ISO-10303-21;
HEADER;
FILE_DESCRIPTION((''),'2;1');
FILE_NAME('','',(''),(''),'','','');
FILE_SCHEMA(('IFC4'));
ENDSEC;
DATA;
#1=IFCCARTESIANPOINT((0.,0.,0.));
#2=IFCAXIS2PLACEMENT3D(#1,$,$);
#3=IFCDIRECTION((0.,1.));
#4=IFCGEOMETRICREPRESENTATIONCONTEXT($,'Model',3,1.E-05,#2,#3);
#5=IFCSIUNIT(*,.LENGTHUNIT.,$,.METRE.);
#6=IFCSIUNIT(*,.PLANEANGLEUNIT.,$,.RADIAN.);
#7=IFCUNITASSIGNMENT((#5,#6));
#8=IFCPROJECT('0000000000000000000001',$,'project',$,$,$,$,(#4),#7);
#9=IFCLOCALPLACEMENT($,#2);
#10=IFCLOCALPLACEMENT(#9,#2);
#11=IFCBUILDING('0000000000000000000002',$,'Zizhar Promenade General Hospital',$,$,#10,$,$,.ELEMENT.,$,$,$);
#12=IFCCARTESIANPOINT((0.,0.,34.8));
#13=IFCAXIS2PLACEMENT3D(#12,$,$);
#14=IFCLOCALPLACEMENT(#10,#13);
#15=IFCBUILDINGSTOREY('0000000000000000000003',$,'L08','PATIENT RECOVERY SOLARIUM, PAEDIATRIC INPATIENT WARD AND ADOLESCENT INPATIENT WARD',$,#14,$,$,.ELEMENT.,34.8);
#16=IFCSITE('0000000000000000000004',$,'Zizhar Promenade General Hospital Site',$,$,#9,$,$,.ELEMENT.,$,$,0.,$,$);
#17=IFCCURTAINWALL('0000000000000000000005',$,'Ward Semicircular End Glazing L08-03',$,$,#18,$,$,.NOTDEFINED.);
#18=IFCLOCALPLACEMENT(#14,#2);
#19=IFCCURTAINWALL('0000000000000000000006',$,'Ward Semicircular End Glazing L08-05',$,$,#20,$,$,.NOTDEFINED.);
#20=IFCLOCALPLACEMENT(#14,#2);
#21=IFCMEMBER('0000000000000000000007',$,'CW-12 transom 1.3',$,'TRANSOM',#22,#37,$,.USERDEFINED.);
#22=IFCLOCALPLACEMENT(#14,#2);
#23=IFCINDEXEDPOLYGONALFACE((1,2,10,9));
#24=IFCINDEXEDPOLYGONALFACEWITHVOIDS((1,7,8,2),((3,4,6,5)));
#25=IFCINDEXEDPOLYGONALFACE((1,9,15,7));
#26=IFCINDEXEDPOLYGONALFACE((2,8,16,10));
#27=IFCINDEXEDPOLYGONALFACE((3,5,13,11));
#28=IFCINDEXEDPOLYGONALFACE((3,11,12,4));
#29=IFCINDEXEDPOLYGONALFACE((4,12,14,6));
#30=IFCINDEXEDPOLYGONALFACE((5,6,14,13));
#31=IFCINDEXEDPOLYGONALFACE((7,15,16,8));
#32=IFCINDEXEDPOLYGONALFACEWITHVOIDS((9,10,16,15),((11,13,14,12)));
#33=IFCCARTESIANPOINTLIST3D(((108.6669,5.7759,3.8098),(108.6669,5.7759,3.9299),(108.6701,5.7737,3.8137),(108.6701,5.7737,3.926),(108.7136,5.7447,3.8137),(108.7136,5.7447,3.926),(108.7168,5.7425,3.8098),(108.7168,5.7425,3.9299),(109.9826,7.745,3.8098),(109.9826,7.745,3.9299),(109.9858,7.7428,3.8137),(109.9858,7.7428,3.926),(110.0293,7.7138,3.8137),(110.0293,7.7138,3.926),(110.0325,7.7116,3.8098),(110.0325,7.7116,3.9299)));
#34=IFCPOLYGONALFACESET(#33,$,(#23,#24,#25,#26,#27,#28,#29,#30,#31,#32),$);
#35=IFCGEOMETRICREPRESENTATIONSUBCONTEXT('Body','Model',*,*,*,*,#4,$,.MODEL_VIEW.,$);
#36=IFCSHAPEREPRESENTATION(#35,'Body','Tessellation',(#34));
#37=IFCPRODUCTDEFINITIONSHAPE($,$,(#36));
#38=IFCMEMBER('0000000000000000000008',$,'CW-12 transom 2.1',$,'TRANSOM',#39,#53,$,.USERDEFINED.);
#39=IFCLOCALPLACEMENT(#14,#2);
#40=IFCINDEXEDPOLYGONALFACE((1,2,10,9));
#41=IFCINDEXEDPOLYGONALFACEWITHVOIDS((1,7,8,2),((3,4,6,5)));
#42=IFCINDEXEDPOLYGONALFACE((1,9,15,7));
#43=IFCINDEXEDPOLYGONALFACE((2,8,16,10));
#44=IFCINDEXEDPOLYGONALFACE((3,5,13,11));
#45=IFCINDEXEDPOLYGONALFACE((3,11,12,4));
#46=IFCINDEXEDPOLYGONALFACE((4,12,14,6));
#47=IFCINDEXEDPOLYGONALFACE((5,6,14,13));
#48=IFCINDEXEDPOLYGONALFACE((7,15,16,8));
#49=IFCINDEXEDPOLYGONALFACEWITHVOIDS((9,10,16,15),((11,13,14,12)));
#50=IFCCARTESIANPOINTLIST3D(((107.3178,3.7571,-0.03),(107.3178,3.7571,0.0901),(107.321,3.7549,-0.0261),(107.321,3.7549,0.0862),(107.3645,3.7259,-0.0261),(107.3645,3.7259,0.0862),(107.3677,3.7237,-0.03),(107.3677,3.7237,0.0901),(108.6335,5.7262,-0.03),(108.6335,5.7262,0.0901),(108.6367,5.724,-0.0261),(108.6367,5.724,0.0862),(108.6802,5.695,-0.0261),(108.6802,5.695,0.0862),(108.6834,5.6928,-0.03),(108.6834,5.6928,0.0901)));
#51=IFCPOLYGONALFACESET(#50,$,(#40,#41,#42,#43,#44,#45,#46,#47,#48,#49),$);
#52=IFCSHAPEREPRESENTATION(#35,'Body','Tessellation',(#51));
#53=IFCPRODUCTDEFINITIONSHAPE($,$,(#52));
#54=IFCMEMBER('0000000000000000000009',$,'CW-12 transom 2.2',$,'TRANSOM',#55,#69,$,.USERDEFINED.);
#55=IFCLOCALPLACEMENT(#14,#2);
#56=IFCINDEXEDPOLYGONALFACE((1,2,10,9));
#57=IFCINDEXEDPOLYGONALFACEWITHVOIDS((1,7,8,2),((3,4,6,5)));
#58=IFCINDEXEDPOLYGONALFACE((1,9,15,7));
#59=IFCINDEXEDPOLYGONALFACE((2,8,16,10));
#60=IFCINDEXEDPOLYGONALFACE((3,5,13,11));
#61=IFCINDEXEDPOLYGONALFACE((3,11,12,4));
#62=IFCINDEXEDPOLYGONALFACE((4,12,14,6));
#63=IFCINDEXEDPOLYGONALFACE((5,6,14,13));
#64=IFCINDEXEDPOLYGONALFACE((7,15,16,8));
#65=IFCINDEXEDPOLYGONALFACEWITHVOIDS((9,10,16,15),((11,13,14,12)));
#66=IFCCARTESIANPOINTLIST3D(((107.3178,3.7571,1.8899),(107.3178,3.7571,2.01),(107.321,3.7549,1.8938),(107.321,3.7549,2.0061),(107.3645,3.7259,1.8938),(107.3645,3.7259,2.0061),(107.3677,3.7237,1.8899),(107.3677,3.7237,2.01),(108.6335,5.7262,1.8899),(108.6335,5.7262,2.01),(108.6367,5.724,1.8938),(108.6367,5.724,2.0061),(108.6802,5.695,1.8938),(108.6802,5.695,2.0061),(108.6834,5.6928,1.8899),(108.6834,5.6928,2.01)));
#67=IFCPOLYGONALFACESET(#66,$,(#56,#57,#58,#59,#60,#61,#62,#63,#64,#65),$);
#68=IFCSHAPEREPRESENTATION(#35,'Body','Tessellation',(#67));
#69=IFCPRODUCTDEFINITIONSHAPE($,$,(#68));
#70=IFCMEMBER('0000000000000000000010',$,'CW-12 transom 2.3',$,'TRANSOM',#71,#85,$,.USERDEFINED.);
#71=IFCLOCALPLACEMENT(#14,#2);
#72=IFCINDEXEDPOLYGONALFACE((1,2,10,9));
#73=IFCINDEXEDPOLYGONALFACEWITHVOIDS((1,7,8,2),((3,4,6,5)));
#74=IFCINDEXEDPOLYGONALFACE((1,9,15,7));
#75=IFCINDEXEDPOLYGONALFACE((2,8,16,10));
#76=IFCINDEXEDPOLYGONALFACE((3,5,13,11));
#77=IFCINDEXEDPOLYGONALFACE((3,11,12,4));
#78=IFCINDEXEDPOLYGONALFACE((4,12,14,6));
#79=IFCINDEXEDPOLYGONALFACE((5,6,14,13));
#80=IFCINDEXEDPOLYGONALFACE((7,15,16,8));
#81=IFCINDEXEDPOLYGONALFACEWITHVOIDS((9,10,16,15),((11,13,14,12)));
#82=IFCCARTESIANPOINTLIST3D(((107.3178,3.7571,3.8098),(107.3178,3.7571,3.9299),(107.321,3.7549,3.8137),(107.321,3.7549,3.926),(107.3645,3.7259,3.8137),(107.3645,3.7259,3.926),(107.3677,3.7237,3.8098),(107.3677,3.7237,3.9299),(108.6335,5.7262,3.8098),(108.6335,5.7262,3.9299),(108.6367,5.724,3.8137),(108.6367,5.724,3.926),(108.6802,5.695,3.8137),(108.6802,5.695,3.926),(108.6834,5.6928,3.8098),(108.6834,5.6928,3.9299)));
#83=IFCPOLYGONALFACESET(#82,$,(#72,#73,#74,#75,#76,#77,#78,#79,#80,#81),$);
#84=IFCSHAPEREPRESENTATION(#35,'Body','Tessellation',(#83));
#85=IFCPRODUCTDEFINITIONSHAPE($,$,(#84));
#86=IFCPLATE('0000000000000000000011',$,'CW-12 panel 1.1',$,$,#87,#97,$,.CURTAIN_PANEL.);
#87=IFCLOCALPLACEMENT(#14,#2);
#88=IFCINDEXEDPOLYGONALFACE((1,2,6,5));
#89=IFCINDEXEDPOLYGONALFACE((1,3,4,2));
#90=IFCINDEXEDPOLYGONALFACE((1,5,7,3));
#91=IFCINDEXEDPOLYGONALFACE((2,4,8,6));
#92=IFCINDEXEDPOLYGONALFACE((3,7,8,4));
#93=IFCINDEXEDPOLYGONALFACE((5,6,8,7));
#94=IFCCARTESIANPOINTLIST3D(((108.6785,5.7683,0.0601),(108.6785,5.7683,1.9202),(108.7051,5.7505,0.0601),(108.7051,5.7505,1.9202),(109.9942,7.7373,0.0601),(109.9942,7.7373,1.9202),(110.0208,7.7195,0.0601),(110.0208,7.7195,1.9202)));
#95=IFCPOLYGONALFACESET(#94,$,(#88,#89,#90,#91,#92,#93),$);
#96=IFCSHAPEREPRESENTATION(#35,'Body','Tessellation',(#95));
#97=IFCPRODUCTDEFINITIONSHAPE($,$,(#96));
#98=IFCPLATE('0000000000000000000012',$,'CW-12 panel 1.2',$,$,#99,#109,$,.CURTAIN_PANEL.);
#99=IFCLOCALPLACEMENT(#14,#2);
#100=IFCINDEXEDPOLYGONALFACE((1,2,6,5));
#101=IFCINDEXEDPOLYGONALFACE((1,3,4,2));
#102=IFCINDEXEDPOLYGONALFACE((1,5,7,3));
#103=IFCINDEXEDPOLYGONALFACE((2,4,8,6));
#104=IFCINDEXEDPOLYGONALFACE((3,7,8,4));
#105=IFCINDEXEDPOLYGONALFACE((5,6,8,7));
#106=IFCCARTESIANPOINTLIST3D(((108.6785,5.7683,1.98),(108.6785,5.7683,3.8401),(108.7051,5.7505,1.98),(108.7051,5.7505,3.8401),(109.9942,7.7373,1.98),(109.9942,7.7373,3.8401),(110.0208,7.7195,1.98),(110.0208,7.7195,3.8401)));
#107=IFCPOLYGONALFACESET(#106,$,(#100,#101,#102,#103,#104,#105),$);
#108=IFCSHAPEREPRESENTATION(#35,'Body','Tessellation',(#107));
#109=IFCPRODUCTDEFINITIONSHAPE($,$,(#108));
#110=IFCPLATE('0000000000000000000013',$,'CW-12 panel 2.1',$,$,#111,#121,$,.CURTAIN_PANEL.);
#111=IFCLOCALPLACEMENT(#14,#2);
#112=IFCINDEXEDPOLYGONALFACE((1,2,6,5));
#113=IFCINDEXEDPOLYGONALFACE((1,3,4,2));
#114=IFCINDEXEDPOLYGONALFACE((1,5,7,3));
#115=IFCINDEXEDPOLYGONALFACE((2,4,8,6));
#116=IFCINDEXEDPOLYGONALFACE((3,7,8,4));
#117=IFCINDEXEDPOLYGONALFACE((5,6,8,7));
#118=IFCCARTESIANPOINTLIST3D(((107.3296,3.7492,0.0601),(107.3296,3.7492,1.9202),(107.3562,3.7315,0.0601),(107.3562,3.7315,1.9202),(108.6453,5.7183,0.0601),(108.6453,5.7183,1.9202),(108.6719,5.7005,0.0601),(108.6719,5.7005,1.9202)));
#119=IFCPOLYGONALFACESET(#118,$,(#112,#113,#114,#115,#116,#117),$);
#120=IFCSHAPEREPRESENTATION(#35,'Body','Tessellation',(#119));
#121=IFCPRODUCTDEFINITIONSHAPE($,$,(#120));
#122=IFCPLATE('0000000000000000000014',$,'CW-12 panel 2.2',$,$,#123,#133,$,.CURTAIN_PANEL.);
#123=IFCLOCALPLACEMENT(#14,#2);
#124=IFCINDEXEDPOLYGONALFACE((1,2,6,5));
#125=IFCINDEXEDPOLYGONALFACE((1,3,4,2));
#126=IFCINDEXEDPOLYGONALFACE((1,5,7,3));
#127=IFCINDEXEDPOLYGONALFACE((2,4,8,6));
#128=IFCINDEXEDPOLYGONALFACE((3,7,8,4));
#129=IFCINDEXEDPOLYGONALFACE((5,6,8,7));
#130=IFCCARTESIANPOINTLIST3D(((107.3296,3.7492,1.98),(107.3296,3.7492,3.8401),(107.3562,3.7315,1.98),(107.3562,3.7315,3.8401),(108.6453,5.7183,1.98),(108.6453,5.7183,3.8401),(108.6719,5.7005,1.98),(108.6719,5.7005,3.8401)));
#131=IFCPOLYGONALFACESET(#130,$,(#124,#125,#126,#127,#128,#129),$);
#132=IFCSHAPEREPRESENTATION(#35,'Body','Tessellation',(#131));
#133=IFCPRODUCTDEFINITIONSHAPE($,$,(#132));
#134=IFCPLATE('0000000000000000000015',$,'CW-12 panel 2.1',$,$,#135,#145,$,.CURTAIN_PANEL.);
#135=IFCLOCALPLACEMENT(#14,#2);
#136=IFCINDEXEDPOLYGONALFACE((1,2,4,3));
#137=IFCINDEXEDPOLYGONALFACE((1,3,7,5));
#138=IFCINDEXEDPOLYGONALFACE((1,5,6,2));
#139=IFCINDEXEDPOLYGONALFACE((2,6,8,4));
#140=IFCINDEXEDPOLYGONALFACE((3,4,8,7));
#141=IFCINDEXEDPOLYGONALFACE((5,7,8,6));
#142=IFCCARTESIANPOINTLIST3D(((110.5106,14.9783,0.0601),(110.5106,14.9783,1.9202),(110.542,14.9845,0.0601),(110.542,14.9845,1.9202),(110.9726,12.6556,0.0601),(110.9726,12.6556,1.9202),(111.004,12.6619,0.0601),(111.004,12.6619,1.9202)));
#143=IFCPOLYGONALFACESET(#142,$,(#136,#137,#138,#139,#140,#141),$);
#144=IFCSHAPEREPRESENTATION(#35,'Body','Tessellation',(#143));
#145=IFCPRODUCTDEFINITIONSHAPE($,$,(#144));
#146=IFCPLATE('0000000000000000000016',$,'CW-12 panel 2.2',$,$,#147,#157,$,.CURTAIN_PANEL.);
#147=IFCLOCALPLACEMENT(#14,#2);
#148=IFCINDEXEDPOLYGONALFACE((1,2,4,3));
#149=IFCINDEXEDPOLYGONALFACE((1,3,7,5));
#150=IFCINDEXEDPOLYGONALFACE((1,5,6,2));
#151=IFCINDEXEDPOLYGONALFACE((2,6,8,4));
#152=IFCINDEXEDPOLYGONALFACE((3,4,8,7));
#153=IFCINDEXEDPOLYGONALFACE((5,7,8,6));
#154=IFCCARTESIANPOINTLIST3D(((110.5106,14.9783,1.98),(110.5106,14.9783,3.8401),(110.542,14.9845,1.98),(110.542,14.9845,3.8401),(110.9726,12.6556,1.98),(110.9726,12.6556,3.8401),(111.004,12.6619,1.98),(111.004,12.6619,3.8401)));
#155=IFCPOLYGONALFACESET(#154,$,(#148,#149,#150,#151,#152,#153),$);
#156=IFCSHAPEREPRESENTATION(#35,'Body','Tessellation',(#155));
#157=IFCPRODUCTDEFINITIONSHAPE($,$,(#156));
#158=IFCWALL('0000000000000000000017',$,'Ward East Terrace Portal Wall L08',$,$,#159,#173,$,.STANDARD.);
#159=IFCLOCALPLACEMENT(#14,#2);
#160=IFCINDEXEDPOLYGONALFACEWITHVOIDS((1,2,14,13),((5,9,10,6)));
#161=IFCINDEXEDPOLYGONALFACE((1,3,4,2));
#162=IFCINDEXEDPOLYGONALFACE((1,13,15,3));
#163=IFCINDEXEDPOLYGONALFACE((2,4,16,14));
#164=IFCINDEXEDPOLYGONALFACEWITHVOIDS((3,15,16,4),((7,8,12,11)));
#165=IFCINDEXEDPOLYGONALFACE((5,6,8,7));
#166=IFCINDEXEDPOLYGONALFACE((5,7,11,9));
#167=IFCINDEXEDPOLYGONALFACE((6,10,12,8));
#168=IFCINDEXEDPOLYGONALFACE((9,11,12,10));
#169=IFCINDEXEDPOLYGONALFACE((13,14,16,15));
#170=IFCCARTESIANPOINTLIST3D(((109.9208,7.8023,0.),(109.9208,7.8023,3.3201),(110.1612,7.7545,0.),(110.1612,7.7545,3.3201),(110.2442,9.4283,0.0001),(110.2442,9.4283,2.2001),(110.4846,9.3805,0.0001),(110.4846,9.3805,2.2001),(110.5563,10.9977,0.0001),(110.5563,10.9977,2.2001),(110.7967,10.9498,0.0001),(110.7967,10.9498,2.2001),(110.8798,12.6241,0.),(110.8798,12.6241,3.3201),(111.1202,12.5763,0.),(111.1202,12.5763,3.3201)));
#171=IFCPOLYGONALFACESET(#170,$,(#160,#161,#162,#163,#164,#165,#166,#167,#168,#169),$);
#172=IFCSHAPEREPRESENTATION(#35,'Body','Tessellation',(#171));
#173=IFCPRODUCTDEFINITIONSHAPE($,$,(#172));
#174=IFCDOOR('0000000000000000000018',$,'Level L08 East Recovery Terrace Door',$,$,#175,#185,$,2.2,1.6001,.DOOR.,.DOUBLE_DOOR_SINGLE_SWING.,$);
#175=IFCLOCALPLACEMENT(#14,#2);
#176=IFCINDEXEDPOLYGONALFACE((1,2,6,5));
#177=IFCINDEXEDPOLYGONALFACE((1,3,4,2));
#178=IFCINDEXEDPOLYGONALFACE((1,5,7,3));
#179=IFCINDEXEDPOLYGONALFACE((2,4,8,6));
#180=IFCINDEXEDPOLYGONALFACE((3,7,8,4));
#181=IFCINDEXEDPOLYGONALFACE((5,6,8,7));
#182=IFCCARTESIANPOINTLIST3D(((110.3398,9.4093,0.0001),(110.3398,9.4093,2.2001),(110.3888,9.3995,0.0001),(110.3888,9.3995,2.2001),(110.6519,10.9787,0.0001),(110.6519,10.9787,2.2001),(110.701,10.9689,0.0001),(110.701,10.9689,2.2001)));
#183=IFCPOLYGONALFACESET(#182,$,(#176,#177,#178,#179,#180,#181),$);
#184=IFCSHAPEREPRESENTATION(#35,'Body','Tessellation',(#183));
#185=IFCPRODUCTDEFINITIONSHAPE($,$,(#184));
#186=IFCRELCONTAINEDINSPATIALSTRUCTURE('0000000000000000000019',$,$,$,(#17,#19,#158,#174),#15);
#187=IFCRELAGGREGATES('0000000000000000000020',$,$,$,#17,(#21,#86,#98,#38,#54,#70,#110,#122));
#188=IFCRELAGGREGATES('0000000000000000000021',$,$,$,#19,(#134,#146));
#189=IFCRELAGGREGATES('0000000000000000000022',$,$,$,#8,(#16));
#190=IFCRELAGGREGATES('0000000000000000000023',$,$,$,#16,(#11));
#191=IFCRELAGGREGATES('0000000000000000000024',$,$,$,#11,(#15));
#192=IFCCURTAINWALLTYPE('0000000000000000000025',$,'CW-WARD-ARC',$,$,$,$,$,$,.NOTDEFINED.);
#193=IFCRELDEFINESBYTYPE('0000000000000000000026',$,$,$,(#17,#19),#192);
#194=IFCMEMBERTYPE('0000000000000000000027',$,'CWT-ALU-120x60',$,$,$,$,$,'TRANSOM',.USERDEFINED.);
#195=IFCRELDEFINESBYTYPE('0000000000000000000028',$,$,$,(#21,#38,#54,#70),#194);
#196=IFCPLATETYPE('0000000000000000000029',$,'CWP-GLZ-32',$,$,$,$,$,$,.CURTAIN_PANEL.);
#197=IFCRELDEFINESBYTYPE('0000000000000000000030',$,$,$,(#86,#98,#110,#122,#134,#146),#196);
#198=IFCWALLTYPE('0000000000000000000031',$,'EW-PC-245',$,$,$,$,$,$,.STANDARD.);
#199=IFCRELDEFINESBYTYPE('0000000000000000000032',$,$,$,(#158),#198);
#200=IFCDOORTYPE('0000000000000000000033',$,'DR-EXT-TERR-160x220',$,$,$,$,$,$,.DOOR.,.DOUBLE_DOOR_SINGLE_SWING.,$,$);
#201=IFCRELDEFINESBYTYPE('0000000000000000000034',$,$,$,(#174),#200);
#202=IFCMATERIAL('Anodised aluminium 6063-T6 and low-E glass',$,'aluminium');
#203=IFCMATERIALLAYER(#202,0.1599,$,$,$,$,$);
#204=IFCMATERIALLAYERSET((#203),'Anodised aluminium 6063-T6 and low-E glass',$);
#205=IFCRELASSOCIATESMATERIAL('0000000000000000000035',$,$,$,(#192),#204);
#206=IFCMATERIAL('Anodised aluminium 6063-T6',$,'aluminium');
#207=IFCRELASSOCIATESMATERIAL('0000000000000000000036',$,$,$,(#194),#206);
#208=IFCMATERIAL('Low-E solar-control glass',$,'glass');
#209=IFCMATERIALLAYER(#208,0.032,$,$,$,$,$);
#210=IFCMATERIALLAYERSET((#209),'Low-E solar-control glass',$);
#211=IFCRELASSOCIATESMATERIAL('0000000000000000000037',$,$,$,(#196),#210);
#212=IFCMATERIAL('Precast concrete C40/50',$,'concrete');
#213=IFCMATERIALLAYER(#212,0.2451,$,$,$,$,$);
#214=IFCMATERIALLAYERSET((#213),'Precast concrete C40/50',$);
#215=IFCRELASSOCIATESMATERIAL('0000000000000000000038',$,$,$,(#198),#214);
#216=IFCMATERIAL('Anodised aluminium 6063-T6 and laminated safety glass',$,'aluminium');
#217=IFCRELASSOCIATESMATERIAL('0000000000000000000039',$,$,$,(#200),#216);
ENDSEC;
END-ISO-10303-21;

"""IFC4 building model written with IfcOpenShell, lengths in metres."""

from ifc_helpers import new_model, si_unit, direction, frame, frame_2d, origin, origin_2d, place, context, subcontext, project, spatial, rectangle, hollow_rectangle, extrude, material, layer, layer_set, material_profile, profile_set, type_object, element, fill, aggregate, save


model = new_model("IFC4")

# Units and contexts
model_context = context("Model", 3, precision=1e-05, world=origin(), true_north=direction((0.0, 1.0)))
body_context = subcontext(model_context, "Body", "Model", "MODEL_VIEW")
ifc_project = project(units=[si_unit("LENGTHUNIT", "METRE"), si_unit("PLANEANGLEUNIT", "RADIAN")], contexts=[model_context])

# Site, building, storey
site_placement = place(None, origin())
site = spatial("IfcSite", under=ifc_project, at=site_placement, Name="Zizhar Promenade General Hospital Site", CompositionType="ELEMENT", RefElevation=0.0)
building_placement = place(site_placement, origin())
building = spatial("IfcBuilding", under=site, at=building_placement, Name="Zizhar Promenade General Hospital", CompositionType="ELEMENT")
storey_placement = place(building_placement, frame((0.0, 0.0, 34.8)))
storey = spatial("IfcBuildingStorey", under=building, at=storey_placement, Name="L08", Description="PATIENT RECOVERY SOLARIUM, PAEDIATRIC INPATIENT WARD AND ADOLESCENT INPATIENT WARD", CompositionType="ELEMENT", Elevation=34.8)

# Shared definitions
ifc_material_1 = material(Name="Anodised aluminium 6063-T6 and low-E glass", Category="aluminium")
ifc_layer_1 = layer(ifc_material_1, 0.1599)
ifc_layer_set_1 = layer_set([ifc_layer_1], Name="Anodised aluminium 6063-T6 and low-E glass")
curtain_wall_type = type_object("IfcCurtainWallType", Name="CW-WARD-ARC", PredefinedType="NOTDEFINED", material=ifc_layer_set_1)

# Curtain wall
curtain_wall_1_placement = place(storey_placement, origin())
curtain_wall_1 = element("IfcCurtainWall", 1, at=curtain_wall_1_placement, inside=storey, type_object=curtain_wall_type, Name="Ward Semicircular End Glazing L08-03", PredefinedType="NOTDEFINED")

# Curtain wall
curtain_wall_2_placement = place(storey_placement, origin())
curtain_wall_2 = element("IfcCurtainWall", 2, at=curtain_wall_2_placement, inside=storey, type_object=curtain_wall_type, Name="Ward Semicircular End Glazing L08-05", PredefinedType="NOTDEFINED")

# Members
ifc_material_2 = material(Name="Anodised aluminium 6063-T6", Category="aluminium")
ifc_material_profile_1 = material_profile(ifc_material_2, hollow_rectangle(XDim=0.0601, YDim=0.1201, WallThickness=0.0039, at=origin_2d()))
ifc_profile_set_1 = profile_set([ifc_material_profile_1], Name="Anodised aluminium 6063-T6")
member_type_1 = type_object("IfcMemberType", Name="CWT-ALU-120x60", ElementType="TRANSOM", PredefinedType="USERDEFINED", material=ifc_profile_set_1)
member_1_placement = place(storey_placement, frame((110.0076, 7.7283, 3.8699), z_axis=(-0.55558, -0.831463, 0.0), x_axis=(0.831463, -0.55558, 0.0)))
member_1 = element("IfcMember", 3, at=member_1_placement, type_object=member_type_1, Name="CW-12 transom 1.3", ObjectType="TRANSOM", PredefinedType="USERDEFINED", context=body_context, shape_type="SweptSolid", body=[
    extrude(hollow_rectangle(XDim=0.0601, YDim=0.1201, WallThickness=0.0039, at=origin_2d()), origin(), (0.0, 0.0, 1.0), 2.3682),
])
member_2_placement = place(storey_placement, frame((108.6584, 5.7095, 0.03), z_axis=(-0.55558, -0.831463, 0.0), x_axis=(0.831463, -0.55558, 0.0)))
member_2 = element("IfcMember", 4, at=member_2_placement, type_object=member_type_1, Name="CW-12 transom 2.1", ObjectType="TRANSOM", PredefinedType="USERDEFINED", context=body_context, shape_type="SweptSolid", body=[
    extrude(hollow_rectangle(XDim=0.0601, YDim=0.1201, WallThickness=0.0039, at=origin_2d()), origin(), (0.0, 0.0, 1.0), 2.3682),
])
member_3_placement = place(storey_placement, frame((108.6584, 5.7095, 1.95), z_axis=(-0.55558, -0.831463, 0.0), x_axis=(0.831463, -0.55558, 0.0)))
member_3 = element("IfcMember", 5, at=member_3_placement, type_object=member_type_1, Name="CW-12 transom 2.2", ObjectType="TRANSOM", PredefinedType="USERDEFINED", context=body_context, shape_type="SweptSolid", body=[
    extrude(hollow_rectangle(XDim=0.0601, YDim=0.1201, WallThickness=0.0039, at=origin_2d()), origin(), (0.0, 0.0, 1.0), 2.3682),
])
member_4_placement = place(storey_placement, frame((108.6584, 5.7095, 3.8699), z_axis=(-0.55558, -0.831463, 0.0), x_axis=(0.831463, -0.55558, 0.0)))
member_4 = element("IfcMember", 6, at=member_4_placement, type_object=member_type_1, Name="CW-12 transom 2.3", ObjectType="TRANSOM", PredefinedType="USERDEFINED", context=body_context, shape_type="SweptSolid", body=[
    extrude(hollow_rectangle(XDim=0.0601, YDim=0.1201, WallThickness=0.0039, at=origin_2d()), origin(), (0.0, 0.0, 1.0), 2.3682),
])

# Plates
ifc_material_3 = material(Name="Low-E solar-control glass", Category="glass")
ifc_layer_2 = layer(ifc_material_3, 0.032)
ifc_layer_set_2 = layer_set([ifc_layer_2], Name="Low-E solar-control glass")
plate_type = type_object("IfcPlateType", Name="CWP-GLZ-32", PredefinedType="CURTAIN_PANEL", material=ifc_layer_set_2)
plate_1_placement = place(storey_placement, frame((109.3496, 6.7439, 0.0601), z_axis=(0.0, 0.0, 1.0), x_axis=(-0.555582, -0.831462, 0.0)))
plate_1 = element("IfcPlate", 7, at=plate_1_placement, type_object=plate_type, Name="CW-12 panel 1.1", PredefinedType="CURTAIN_PANEL", context=body_context, shape_type="SweptSolid", body=[
    extrude(rectangle(XDim=2.3682, YDim=0.032, at=origin_2d()), origin(), (0.0, 0.0, 1.0), 1.8601),
])
plate_2_placement = place(storey_placement, frame((109.3496, 6.7439, 1.98), z_axis=(0.0, 0.0, 1.0), x_axis=(-0.555582, -0.831462, 0.0)))
plate_2 = element("IfcPlate", 8, at=plate_2_placement, type_object=plate_type, Name="CW-12 panel 1.2", PredefinedType="CURTAIN_PANEL", context=body_context, shape_type="SweptSolid", body=[
    extrude(rectangle(XDim=2.3682, YDim=0.032, at=origin_2d()), origin(), (0.0, 0.0, 1.0), 1.8601),
])
plate_3_placement = place(storey_placement, frame((108.0007, 4.7249, 0.0601), z_axis=(0.0, 0.0, 1.0), x_axis=(-0.555582, -0.831462, 0.0)))
plate_3 = element("IfcPlate", 9, at=plate_3_placement, type_object=plate_type, Name="CW-12 panel 2.1", PredefinedType="CURTAIN_PANEL", context=body_context, shape_type="SweptSolid", body=[
    extrude(rectangle(XDim=2.3682, YDim=0.032, at=origin_2d()), origin(), (0.0, 0.0, 1.0), 1.8601),
])
plate_4_placement = place(storey_placement, frame((108.0007, 4.7249, 1.98), z_axis=(0.0, 0.0, 1.0), x_axis=(-0.555582, -0.831462, 0.0)))
plate_4 = element("IfcPlate", 10, at=plate_4_placement, type_object=plate_type, Name="CW-12 panel 2.2", PredefinedType="CURTAIN_PANEL", context=body_context, shape_type="SweptSolid", body=[
    extrude(rectangle(XDim=2.3682, YDim=0.032, at=origin_2d()), origin(), (0.0, 0.0, 1.0), 1.8601),
])
aggregate(curtain_wall_1, [member_1, plate_1, plate_2, member_2, member_3, member_4, plate_3, plate_4])
plate_5_placement = place(storey_placement, frame((110.7573, 13.8201, 0.0601), z_axis=(0.0, 0.0, 1.0), x_axis=(0.195087, -0.980786, 0.0)))
plate_5 = element("IfcPlate", 11, at=plate_5_placement, type_object=plate_type, Name="CW-12 panel 2.1", PredefinedType="CURTAIN_PANEL", context=body_context, shape_type="SweptSolid", body=[
    extrude(rectangle(XDim=2.3682, YDim=0.032, at=origin_2d()), origin(), (0.0, 0.0, 1.0), 1.8601),
])
plate_6_placement = place(storey_placement, frame((110.7573, 13.8201, 1.98), z_axis=(0.0, 0.0, 1.0), x_axis=(0.195087, -0.980786, 0.0)))
plate_6 = element("IfcPlate", 12, at=plate_6_placement, type_object=plate_type, Name="CW-12 panel 2.2", PredefinedType="CURTAIN_PANEL", context=body_context, shape_type="SweptSolid", body=[
    extrude(rectangle(XDim=2.3682, YDim=0.032, at=origin_2d()), origin(), (0.0, 0.0, 1.0), 1.8601),
])
aggregate(curtain_wall_2, [plate_5, plate_6])

# Wall, opening, door
ifc_material_4 = material(Name="Precast concrete C40/50", Category="concrete")
ifc_layer_3 = layer(ifc_material_4, 0.2451)
ifc_layer_set_3 = layer_set([ifc_layer_3], Name="Precast concrete C40/50")
wall_type = type_object("IfcWallType", Name="EW-PC-245", PredefinedType="STANDARD", material=ifc_layer_set_3)
wall_placement = place(storey_placement, frame((111.0, 12.6001, 0.0), z_axis=(0.0, 0.0, 1.0), x_axis=(-0.195066, -0.98079, 0.0)))
wall = element("IfcWall", 13, at=wall_placement, inside=storey, type_object=wall_type, Name="Ward East Terrace Portal Wall L08", PredefinedType="STANDARD", context=body_context, shape_type="SweptSolid", body=[
    extrude(rectangle(XDim=4.9163, YDim=0.2451, at=frame_2d((2.458, 0.0))), origin(), (0.0, 0.0, 1.0), 3.3201),
])
opening_placement = place(wall_placement, frame((1.6582, 0.0, 0.0)))
opening = element("IfcOpeningElement", 14, at=opening_placement, cuts=wall, PredefinedType="OPENING", context=body_context, shape_type="SweptSolid", body=[
    extrude(rectangle(XDim=1.6001, YDim=2.2, at=frame_2d((0.8, 1.1001))), frame((0.0, 0.1326, 0.0), z_axis=(0.0, -1.0, 0.0), x_axis=(1.0, 0.0, 0.0)), (0.0, 0.0, 1.0), 0.2651),
])
ifc_material_5 = material(Name="Anodised aluminium 6063-T6 and laminated safety glass", Category="aluminium")
door_type = type_object("IfcDoorType", Name="DR-EXT-TERR-160x220", OperationType="DOUBLE_DOOR_SINGLE_SWING", PredefinedType="DOOR", material=ifc_material_5)
door_placement = place(opening_placement, origin())
door = element("IfcDoor", 15, at=door_placement, inside=storey, type_object=door_type, Name="Level L08 East Recovery Terrace Door", OperationType="DOUBLE_DOOR_SINGLE_SWING", OverallHeight=2.2, OverallWidth=1.6001, PredefinedType="DOOR", context=body_context, shape_type="SweptSolid", body=[
    extrude(rectangle(XDim=1.6001, YDim=2.2, at=frame_2d((0.8, 1.1001))), frame((0.0, 0.0249, 0.0), z_axis=(0.0, -1.0, 0.0), x_axis=(1.0, 0.0, 0.0)), (0.0, 0.0, 1.0), 0.05),
])
fill(opening, door)

save(model, "model.ifc")
